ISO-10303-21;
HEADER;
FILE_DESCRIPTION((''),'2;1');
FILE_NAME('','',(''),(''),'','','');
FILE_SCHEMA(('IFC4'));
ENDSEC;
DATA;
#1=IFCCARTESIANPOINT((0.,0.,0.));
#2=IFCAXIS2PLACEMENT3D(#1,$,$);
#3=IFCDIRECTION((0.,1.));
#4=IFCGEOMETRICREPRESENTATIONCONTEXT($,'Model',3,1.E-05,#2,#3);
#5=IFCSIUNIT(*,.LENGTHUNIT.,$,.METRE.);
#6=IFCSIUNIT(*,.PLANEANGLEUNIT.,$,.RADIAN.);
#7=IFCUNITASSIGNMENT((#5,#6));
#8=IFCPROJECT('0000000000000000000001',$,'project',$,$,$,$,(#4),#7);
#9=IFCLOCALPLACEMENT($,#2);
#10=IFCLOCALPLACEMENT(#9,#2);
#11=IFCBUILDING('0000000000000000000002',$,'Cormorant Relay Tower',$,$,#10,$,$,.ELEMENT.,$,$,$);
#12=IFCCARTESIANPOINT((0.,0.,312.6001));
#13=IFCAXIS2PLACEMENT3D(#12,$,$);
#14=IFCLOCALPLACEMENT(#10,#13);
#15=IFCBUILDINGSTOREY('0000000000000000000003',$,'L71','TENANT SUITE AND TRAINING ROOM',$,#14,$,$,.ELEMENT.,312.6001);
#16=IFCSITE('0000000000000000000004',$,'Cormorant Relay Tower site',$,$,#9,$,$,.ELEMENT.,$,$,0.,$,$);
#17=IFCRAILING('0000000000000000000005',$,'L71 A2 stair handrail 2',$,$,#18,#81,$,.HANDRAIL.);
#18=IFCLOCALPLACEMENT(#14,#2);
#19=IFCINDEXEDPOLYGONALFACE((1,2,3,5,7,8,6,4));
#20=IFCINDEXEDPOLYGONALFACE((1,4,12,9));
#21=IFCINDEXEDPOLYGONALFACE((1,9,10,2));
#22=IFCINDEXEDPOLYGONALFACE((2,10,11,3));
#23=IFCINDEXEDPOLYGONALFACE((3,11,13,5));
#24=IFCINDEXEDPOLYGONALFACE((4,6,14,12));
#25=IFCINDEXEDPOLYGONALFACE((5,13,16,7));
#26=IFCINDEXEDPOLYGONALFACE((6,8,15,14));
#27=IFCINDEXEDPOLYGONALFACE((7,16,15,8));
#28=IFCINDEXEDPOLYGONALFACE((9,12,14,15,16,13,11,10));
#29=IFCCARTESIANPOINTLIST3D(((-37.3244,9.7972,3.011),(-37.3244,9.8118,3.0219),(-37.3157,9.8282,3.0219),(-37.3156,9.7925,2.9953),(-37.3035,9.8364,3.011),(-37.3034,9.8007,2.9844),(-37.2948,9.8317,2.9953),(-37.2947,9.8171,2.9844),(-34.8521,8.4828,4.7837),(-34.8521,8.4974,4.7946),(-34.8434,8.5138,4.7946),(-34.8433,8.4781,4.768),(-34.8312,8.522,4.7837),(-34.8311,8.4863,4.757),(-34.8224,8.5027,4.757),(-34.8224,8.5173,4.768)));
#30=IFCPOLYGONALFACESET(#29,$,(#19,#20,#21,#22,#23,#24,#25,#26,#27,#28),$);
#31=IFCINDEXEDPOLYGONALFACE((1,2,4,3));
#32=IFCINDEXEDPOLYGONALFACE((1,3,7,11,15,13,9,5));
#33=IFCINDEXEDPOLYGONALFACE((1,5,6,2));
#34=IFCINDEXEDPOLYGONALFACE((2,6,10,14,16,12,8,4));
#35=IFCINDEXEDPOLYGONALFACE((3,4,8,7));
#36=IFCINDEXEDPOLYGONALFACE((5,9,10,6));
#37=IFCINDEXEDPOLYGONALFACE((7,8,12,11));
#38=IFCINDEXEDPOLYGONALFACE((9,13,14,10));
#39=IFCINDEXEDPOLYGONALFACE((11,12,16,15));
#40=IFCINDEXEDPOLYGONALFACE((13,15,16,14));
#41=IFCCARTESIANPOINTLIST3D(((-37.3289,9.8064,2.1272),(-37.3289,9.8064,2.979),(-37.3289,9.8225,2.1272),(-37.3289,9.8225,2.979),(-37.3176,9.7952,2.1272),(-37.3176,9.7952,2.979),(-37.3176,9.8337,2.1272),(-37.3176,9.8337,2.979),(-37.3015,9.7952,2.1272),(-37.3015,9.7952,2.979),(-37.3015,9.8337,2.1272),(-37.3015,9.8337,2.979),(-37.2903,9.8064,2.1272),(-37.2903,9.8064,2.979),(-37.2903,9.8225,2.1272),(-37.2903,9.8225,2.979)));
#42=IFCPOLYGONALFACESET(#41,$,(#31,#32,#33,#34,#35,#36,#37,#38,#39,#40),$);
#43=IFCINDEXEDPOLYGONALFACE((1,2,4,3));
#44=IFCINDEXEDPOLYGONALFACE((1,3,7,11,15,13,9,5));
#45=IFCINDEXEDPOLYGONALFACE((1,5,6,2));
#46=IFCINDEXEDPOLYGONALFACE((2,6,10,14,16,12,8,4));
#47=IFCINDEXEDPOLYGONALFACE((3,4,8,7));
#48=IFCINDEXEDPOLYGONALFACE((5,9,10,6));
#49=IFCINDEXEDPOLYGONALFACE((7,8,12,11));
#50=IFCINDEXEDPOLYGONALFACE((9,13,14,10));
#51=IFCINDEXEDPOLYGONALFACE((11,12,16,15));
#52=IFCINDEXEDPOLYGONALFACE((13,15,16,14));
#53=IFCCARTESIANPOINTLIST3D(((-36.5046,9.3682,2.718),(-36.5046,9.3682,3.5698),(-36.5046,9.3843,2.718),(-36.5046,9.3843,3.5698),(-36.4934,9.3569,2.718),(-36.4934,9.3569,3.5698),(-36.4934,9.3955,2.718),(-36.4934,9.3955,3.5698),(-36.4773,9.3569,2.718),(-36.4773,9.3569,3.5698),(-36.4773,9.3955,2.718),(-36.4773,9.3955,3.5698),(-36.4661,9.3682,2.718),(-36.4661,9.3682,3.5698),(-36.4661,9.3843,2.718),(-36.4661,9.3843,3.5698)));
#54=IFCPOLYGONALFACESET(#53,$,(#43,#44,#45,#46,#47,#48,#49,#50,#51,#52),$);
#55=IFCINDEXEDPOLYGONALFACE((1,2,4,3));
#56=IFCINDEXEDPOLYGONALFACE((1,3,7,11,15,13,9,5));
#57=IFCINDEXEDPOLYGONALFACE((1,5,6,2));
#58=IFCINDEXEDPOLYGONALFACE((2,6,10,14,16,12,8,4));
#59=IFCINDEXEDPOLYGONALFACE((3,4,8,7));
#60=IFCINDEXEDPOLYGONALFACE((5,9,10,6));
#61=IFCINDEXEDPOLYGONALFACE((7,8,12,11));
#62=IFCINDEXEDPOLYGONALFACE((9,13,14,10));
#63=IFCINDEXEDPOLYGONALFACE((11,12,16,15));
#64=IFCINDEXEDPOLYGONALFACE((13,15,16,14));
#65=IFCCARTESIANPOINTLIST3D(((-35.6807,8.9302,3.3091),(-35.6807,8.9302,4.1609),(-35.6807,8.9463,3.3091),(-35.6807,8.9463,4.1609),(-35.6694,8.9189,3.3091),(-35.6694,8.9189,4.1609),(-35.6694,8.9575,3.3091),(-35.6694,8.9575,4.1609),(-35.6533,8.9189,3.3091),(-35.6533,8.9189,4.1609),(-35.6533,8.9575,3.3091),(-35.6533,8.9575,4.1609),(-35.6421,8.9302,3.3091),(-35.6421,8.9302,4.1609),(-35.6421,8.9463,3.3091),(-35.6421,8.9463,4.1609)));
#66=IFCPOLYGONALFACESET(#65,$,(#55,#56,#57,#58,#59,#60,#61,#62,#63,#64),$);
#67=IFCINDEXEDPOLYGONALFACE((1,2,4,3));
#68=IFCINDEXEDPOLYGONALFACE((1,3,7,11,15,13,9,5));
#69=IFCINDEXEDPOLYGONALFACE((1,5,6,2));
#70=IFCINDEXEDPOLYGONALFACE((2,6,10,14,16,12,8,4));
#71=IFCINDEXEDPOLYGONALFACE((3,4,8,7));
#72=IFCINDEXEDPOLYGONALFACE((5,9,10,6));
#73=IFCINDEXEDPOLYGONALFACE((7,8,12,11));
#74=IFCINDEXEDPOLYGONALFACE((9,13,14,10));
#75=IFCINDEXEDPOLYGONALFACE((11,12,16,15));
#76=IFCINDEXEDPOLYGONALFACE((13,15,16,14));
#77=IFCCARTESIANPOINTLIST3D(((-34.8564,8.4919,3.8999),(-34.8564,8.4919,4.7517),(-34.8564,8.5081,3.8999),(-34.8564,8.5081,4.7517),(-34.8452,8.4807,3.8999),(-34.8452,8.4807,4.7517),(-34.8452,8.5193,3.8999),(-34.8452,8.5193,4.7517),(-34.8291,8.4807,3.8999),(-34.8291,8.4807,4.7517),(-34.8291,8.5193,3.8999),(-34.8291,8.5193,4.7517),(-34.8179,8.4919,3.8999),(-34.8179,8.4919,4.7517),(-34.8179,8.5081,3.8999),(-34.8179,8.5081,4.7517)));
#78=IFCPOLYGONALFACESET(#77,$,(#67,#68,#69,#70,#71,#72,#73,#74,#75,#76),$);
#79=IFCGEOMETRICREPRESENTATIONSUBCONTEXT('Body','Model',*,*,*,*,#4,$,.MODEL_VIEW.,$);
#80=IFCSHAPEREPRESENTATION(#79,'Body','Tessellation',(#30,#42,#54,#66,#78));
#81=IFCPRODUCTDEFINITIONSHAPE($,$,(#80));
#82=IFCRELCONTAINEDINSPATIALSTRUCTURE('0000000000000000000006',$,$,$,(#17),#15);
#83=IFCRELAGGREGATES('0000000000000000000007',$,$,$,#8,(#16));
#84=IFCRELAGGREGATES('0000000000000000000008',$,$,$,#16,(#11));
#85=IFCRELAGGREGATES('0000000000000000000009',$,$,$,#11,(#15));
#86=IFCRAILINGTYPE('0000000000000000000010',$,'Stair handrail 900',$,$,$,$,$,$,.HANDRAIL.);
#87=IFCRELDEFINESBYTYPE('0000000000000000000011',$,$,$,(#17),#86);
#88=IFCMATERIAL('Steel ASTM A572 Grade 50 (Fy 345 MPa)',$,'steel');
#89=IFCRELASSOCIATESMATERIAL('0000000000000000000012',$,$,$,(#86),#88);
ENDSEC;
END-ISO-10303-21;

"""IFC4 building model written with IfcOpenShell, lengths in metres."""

from ifc_helpers import new_model, si_unit, direction, frame, origin, place, context, subcontext, project, spatial, polyline, outline, extrude, material, type_object, element, save


model = new_model("IFC4")

# Units and contexts
model_context = context("Model", 3, precision=1e-05, world=origin(), true_north=direction((0.0, 1.0)))
body_context = subcontext(model_context, "Body", "Model", "MODEL_VIEW")
ifc_project = project(units=[si_unit("LENGTHUNIT", "METRE"), si_unit("PLANEANGLEUNIT", "RADIAN")], contexts=[model_context])

# Site, building, storey
site_placement = place(None, origin())
site = spatial("IfcSite", under=ifc_project, at=site_placement, Name="Cormorant Relay Tower site", CompositionType="ELEMENT", RefElevation=0.0)
building_placement = place(site_placement, origin())
building = spatial("IfcBuilding", under=site, at=building_placement, Name="Cormorant Relay Tower", CompositionType="ELEMENT")
storey_placement = place(building_placement, frame((0.0, 0.0, 312.6001)))
storey = spatial("IfcBuildingStorey", under=building, at=storey_placement, Name="L71", Description="TENANT SUITE AND TRAINING ROOM", CompositionType="ELEMENT", Elevation=312.6001)

# Railing
ifc_material_1 = material(Name="Steel ASTM A572 Grade 50 (Fy 345 MPa)", Category="steel")
railing_type_1 = type_object("IfcRailingType", Name="Stair handrail 900", PredefinedType="HANDRAIL", material=ifc_material_1)
railing_1_placement = place(storey_placement, frame((-37.3096, 9.8145, 2.1272)))
element("IfcRailing", 1, at=railing_1_placement, inside=storey, type_object=railing_type_1, Name="L71 A2 stair handrail 2", PredefinedType="HANDRAIL", context=body_context, shape_type="SweptSolid", body=[
    extrude(outline(polyline([(0.0222, 0.0093), (0.0093, 0.0222), (-0.0093, 0.0222), (-0.0222, 0.0093), (-0.0222, -0.0093), (-0.0093, -0.0222), (0.0093, -0.0222), (0.0222, -0.0093), (0.0222, 0.0093)])), frame((0.0, 0.0, 0.876), z_axis=(0.746034, -0.396627, 0.534902), x_axis=(0.469429, 0.88297, 0.0)), (0.0, 0.0, 1.0), 3.314),
    extrude(outline(polyline([(0.0193, 0.0081), (0.0081, 0.0193), (-0.0081, 0.0193), (-0.0193, 0.0081), (-0.0193, -0.0081), (-0.0081, -0.0193), (0.0081, -0.0193), (0.0193, -0.0081), (0.0193, 0.0081)])), origin(), (0.0, 0.0, 1.0), 0.8518),
    extrude(outline(polyline([(0.0193, 0.0081), (0.0081, 0.0193), (-0.0081, 0.0193), (-0.0193, 0.0081), (-0.0193, -0.0081), (-0.0081, -0.0193), (0.0081, -0.0193), (0.0193, -0.0081), (0.0193, 0.0081)])), frame((0.8242, -0.4382, 0.5908)), (0.0, 0.0, 1.0), 0.8518),
    extrude(outline(polyline([(0.0193, 0.0081), (0.0081, 0.0193), (-0.0081, 0.0193), (-0.0193, 0.0081), (-0.0193, -0.0081), (-0.0081, -0.0193), (0.0081, -0.0193), (0.0193, -0.0081), (0.0193, 0.0081)])), frame((1.6482, -0.8762, 1.1819)), (0.0, 0.0, 1.0), 0.8518),
    extrude(outline(polyline([(0.0193, 0.0081), (0.0081, 0.0193), (-0.0081, 0.0193), (-0.0193, 0.0081), (-0.0193, -0.0081), (-0.0081, -0.0193), (0.0081, -0.0193), (0.0193, -0.0081), (0.0193, 0.0081)])), frame((2.4724, -1.3145, 1.7727)), (0.0, 0.0, 1.0), 0.8518),
])

save(model, "model.ifc")
